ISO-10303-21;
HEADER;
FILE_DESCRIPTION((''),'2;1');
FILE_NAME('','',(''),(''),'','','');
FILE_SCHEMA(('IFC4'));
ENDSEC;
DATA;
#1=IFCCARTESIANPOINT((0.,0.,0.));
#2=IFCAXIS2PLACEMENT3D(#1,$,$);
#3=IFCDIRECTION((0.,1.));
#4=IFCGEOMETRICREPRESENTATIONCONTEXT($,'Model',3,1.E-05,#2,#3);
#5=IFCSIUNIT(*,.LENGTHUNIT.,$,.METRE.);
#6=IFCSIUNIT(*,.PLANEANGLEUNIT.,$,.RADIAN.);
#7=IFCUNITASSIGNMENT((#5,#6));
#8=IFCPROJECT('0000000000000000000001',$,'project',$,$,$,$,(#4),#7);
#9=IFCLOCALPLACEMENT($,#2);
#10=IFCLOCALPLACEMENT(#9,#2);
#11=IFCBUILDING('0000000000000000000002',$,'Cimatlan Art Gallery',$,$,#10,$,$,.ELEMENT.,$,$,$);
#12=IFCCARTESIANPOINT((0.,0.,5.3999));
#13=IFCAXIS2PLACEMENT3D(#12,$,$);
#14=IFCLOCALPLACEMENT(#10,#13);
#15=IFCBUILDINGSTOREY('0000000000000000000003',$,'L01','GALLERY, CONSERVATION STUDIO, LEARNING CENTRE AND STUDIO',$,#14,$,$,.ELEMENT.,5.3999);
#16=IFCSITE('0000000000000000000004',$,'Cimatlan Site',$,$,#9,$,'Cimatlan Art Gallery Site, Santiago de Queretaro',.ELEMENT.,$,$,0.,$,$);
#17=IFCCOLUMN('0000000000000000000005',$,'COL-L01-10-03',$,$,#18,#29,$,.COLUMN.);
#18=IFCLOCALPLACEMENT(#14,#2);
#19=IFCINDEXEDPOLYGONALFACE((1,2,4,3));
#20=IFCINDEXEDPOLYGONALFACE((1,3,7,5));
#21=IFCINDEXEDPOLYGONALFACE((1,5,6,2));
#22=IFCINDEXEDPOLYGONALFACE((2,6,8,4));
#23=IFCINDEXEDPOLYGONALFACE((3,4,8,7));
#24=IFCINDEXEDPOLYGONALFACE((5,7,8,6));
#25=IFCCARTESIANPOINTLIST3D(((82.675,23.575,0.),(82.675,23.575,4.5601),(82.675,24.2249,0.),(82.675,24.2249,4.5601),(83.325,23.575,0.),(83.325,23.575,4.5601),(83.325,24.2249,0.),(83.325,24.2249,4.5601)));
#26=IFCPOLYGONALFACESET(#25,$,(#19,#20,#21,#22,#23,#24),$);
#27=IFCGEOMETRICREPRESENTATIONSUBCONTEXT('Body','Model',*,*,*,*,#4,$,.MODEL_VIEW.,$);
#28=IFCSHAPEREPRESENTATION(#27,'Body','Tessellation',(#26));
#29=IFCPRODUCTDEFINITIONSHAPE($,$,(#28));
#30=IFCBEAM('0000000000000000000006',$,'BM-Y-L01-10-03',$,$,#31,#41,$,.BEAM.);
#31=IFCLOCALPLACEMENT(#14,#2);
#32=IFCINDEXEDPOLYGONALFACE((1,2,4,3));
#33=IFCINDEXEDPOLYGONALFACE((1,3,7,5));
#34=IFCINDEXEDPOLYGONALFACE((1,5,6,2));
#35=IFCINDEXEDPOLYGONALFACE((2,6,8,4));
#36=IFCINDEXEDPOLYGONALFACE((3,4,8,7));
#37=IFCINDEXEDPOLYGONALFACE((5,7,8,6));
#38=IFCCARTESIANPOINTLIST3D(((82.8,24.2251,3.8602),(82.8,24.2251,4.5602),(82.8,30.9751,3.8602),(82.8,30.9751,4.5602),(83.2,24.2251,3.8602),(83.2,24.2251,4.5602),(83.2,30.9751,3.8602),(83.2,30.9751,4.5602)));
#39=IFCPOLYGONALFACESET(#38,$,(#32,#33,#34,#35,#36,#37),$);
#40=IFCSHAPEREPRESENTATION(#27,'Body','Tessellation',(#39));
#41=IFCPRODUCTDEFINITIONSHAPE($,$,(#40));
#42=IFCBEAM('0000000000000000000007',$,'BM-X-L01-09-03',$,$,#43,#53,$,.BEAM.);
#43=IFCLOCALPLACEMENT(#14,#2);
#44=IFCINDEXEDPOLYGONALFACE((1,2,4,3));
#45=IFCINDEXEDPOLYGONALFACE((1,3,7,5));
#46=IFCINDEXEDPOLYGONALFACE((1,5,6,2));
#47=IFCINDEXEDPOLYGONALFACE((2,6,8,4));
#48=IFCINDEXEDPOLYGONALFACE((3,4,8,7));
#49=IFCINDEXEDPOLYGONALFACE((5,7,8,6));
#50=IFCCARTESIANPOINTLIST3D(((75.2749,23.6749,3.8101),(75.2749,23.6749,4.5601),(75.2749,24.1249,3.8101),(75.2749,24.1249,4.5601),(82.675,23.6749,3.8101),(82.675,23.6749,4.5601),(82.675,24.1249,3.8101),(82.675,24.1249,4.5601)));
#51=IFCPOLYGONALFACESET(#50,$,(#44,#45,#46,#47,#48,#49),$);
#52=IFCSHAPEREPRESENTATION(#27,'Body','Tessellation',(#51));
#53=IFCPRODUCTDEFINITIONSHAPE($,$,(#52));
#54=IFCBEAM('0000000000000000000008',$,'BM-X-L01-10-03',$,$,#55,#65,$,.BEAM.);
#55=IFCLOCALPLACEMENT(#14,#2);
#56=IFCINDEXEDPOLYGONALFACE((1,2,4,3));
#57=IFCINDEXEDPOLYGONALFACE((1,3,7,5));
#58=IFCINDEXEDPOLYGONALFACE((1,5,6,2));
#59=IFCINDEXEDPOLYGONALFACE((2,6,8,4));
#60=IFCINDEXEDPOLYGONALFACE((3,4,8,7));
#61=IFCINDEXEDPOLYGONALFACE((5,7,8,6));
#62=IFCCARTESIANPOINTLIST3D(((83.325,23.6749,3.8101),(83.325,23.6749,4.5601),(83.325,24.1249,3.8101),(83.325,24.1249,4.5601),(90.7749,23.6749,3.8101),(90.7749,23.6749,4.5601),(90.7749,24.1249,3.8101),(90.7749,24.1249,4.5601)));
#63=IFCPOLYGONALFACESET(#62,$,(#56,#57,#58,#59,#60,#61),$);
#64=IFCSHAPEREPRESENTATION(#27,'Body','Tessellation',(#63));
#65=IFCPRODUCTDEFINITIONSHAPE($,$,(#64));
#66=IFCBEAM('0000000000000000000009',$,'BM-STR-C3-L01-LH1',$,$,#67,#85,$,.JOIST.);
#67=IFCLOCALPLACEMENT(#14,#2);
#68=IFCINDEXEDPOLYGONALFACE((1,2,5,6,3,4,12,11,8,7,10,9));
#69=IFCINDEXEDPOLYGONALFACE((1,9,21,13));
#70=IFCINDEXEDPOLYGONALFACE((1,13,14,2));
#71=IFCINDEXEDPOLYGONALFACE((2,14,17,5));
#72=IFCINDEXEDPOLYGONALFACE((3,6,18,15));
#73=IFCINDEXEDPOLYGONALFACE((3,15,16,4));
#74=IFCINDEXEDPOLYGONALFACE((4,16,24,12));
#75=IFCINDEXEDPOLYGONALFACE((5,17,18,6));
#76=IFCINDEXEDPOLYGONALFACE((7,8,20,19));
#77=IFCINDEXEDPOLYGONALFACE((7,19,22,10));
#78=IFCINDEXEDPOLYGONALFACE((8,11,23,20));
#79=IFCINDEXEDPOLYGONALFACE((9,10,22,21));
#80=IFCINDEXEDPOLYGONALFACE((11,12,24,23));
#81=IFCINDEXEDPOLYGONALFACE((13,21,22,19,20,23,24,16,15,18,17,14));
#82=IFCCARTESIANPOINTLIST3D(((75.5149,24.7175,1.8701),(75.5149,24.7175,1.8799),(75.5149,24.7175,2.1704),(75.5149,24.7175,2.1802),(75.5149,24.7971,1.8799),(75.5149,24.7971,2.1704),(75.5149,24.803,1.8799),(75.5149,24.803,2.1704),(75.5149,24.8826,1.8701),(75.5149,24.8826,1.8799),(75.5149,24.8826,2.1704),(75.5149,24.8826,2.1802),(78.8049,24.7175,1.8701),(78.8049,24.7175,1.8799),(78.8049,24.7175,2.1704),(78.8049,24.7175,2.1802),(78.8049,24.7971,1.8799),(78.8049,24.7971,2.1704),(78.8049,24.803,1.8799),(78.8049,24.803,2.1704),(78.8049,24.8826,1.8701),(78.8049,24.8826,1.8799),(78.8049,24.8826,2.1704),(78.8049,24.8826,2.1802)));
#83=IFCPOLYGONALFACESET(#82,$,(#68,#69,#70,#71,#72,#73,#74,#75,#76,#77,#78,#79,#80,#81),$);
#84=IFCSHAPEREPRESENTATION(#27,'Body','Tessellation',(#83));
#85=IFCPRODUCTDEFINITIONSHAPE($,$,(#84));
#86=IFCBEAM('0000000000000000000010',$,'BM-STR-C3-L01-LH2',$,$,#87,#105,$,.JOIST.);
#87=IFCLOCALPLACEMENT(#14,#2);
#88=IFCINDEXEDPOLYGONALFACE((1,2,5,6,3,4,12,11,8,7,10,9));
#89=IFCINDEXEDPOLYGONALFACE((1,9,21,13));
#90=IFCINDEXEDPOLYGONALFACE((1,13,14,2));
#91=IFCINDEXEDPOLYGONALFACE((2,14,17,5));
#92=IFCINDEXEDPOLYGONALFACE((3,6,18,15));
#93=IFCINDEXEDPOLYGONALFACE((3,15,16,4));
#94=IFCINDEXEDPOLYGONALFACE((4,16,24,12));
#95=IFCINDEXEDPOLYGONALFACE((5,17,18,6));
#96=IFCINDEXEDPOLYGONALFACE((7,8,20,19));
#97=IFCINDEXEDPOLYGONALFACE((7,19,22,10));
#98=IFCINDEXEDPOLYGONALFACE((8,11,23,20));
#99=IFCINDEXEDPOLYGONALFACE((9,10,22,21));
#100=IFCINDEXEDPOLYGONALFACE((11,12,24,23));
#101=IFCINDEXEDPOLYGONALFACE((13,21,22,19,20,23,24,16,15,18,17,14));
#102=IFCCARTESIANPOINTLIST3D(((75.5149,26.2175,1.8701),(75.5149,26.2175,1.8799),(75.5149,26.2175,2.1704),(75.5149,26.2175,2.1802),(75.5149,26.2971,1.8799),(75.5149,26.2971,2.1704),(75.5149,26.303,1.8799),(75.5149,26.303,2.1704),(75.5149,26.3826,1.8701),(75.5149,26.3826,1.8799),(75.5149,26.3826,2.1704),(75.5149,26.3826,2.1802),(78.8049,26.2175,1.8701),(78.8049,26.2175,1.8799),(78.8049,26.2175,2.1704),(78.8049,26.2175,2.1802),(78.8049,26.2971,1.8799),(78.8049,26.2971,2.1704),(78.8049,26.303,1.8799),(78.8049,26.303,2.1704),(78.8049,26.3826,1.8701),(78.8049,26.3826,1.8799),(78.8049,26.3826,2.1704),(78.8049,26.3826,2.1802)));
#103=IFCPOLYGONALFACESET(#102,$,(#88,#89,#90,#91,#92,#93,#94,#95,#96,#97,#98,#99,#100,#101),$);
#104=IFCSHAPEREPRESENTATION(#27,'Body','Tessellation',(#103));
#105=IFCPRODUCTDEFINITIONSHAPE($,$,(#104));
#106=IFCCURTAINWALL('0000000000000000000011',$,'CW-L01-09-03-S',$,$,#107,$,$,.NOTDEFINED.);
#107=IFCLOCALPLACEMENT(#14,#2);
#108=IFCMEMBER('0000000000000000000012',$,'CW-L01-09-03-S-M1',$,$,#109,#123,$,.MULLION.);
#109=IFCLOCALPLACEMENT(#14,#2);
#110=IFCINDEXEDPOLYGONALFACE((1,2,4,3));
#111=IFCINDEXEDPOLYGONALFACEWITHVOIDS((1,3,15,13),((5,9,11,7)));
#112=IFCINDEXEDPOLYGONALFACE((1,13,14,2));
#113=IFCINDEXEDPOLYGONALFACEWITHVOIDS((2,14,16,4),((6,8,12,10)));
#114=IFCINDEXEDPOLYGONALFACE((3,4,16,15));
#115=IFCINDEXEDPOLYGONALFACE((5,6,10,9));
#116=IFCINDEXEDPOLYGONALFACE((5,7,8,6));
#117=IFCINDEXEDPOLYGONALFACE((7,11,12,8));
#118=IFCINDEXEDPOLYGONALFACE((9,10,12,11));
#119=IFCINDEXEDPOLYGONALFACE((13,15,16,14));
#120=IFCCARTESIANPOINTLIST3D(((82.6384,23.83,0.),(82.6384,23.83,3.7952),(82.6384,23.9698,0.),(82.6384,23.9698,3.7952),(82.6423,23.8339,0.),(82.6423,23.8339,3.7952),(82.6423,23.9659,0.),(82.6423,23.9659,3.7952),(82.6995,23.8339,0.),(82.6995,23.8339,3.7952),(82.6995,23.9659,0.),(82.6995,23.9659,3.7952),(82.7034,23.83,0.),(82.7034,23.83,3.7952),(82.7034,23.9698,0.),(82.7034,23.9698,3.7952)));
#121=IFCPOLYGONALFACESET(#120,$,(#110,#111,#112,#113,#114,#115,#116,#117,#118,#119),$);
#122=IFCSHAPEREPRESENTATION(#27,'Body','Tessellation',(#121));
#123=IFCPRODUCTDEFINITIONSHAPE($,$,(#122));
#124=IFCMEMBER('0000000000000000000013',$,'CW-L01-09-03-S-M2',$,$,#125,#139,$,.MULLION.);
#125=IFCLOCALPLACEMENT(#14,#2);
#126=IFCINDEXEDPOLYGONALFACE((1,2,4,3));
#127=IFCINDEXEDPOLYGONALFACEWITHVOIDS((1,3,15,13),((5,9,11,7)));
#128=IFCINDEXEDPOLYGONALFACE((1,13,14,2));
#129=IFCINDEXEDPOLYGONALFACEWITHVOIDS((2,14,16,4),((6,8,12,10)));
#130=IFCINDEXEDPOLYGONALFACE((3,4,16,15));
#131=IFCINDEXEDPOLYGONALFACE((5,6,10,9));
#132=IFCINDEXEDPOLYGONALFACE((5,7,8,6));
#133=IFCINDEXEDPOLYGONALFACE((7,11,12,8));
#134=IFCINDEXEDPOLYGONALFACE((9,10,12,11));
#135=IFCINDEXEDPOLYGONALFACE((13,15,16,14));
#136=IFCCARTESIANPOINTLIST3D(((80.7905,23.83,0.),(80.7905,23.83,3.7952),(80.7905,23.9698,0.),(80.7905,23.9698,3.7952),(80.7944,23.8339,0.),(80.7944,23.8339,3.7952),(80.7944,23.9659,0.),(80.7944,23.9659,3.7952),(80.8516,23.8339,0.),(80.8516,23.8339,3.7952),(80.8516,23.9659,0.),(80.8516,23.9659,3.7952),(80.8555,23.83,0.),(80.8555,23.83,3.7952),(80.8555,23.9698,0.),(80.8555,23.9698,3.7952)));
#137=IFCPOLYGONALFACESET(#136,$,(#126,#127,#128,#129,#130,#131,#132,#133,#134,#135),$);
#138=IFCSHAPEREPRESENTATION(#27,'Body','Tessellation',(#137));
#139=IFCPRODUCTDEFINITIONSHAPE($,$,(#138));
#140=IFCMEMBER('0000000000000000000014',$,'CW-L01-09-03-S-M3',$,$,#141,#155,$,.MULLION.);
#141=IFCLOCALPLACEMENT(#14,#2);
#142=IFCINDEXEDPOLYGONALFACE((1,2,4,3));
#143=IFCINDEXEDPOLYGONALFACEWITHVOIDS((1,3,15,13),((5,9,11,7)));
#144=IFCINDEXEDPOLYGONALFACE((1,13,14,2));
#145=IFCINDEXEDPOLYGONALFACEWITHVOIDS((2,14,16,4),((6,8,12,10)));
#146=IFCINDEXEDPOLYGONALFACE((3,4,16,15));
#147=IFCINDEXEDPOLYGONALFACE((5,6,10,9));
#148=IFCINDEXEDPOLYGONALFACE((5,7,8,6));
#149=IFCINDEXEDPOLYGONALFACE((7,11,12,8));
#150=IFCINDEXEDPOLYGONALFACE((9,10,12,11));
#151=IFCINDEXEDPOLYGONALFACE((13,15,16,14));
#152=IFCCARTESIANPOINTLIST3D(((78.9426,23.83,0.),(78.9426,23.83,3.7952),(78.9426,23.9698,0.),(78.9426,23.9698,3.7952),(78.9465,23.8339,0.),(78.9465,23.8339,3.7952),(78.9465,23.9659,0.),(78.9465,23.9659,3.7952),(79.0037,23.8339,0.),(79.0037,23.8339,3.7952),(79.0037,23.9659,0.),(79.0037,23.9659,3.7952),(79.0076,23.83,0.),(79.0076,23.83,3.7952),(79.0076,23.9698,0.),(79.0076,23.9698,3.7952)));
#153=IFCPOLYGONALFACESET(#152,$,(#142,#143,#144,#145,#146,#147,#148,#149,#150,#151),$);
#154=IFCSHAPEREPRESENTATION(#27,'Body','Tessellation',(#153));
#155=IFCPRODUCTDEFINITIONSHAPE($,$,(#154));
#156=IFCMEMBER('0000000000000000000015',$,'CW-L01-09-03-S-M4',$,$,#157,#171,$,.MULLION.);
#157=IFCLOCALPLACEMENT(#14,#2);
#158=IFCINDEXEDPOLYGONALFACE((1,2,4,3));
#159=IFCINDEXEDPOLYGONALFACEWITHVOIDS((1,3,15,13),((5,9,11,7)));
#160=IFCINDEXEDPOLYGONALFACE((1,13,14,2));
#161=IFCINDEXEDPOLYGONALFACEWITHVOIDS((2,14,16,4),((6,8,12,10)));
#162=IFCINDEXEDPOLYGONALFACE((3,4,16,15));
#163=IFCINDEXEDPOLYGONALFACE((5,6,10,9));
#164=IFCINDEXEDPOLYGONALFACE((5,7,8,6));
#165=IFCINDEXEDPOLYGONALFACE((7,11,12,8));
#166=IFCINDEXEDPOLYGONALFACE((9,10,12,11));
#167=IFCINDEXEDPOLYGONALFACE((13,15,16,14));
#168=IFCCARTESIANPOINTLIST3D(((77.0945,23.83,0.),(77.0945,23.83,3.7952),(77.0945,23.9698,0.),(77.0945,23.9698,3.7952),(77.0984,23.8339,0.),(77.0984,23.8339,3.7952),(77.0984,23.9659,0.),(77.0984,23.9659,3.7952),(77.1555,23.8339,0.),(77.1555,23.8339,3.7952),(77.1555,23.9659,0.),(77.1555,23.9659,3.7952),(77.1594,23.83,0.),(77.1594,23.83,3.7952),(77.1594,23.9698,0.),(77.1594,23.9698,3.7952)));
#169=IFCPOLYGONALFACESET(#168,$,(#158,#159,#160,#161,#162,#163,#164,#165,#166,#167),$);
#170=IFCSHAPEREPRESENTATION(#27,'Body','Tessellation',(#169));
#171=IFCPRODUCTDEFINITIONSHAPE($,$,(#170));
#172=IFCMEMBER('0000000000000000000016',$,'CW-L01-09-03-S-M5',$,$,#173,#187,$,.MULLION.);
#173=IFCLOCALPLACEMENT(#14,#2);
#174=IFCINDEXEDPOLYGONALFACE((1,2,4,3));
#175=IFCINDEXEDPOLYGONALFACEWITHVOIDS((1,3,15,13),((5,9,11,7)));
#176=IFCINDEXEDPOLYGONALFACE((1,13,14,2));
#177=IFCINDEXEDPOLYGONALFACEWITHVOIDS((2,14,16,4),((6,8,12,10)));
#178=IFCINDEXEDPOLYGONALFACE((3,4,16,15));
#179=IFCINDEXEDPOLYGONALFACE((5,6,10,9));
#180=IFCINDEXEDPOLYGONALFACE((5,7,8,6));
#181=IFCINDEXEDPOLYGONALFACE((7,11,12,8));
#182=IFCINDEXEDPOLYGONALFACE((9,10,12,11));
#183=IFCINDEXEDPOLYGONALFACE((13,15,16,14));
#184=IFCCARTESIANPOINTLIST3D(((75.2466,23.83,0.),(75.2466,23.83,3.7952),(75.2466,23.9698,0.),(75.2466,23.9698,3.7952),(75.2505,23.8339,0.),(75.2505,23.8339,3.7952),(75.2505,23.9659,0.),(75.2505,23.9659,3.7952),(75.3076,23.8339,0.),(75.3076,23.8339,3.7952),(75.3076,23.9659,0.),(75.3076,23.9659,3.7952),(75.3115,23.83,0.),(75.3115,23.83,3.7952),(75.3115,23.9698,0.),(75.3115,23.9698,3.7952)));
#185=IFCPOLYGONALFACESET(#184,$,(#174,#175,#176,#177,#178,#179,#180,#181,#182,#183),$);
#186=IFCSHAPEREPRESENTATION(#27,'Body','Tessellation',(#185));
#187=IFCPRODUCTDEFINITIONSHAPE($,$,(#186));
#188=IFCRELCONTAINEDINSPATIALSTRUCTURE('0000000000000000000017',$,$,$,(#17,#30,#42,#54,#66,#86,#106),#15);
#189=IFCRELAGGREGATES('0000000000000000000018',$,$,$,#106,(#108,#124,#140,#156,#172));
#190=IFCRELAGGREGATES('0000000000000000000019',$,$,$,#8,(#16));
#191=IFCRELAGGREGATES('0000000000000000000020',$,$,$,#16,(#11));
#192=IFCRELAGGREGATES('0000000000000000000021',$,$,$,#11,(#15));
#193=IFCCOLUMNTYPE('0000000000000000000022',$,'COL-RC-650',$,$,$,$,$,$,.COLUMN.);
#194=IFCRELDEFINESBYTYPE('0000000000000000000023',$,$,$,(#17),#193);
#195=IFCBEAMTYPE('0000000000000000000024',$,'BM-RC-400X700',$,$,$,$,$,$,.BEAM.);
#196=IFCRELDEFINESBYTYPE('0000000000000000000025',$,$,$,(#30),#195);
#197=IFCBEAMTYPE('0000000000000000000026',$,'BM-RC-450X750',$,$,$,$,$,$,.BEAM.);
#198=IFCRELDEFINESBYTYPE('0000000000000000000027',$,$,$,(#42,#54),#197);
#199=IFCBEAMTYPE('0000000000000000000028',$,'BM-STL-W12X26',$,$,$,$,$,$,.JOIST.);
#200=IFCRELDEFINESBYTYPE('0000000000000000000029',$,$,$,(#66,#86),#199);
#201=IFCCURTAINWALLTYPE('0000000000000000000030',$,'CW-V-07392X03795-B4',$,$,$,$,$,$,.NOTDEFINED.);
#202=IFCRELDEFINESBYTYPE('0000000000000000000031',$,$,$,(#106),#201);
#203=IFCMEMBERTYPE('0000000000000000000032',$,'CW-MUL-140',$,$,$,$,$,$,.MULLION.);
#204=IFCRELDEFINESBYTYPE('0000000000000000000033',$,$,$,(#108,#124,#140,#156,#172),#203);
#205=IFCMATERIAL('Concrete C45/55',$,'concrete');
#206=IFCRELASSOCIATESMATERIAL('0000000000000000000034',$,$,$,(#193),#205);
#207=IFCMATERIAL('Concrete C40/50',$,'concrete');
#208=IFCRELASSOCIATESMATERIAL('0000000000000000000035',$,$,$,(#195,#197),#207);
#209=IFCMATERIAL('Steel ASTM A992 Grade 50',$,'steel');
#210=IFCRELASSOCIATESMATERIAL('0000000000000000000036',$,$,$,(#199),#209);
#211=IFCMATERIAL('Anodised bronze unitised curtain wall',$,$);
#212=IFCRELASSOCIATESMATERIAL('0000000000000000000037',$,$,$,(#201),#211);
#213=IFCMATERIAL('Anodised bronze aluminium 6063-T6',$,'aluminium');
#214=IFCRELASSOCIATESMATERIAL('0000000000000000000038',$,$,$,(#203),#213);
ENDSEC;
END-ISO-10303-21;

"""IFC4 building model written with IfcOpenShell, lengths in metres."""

from ifc_helpers import new_model, si_unit, direction, frame, origin, origin_2d, place, context, subcontext, project, spatial, rectangle, hollow_rectangle, i_section, extrude, material, material_profile, profile_set, type_object, element, aggregate, save


model = new_model("IFC4")

# Units and contexts
model_context = context("Model", 3, precision=1e-05, world=origin(), true_north=direction((0.0, 1.0)))
body_context = subcontext(model_context, "Body", "Model", "MODEL_VIEW")
ifc_project = project(units=[si_unit("LENGTHUNIT", "METRE"), si_unit("PLANEANGLEUNIT", "RADIAN")], contexts=[model_context])

# Site, building, storey
site_placement = place(None, origin())
site = spatial("IfcSite", under=ifc_project, at=site_placement, Name="Cimatlan Site", LongName="Cimatlan Art Gallery Site, Santiago de Queretaro", CompositionType="ELEMENT", RefElevation=0.0)
building_placement = place(site_placement, origin())
building = spatial("IfcBuilding", under=site, at=building_placement, Name="Cimatlan Art Gallery", CompositionType="ELEMENT")
storey_placement = place(building_placement, frame((0.0, 0.0, 5.3999)))
storey = spatial("IfcBuildingStorey", under=building, at=storey_placement, Name="L01", Description="GALLERY, CONSERVATION STUDIO, LEARNING CENTRE AND STUDIO", CompositionType="ELEMENT", Elevation=5.3999)

# Column
ifc_material_1 = material(Name="Concrete C45/55", Category="concrete")
ifc_material_profile_1 = material_profile(ifc_material_1, rectangle(XDim=0.6499, YDim=0.6499, at=origin_2d()), Name="RC650X650")
ifc_profile_set_1 = profile_set([ifc_material_profile_1], Name="Concrete C45/55")
column_type = type_object("IfcColumnType", Name="COL-RC-650", PredefinedType="COLUMN", material=ifc_profile_set_1)
column_placement = place(storey_placement, frame((83.0, 23.8999, 0.0), z_axis=(0.0, 0.0, 1.0), x_axis=(1.0, 0.0, 0.0)))
element("IfcColumn", 1, at=column_placement, inside=storey, type_object=column_type, Name="COL-L01-10-03", PredefinedType="COLUMN", context=body_context, shape_type="SweptSolid", body=[
    extrude(rectangle(XDim=0.6499, YDim=0.6499, at=origin_2d()), origin(), (0.0, 0.0, 1.0), 4.5601),
])

# Beams
ifc_material_2 = material(Name="Concrete C40/50", Category="concrete")
ifc_material_profile_2 = material_profile(ifc_material_2, rectangle(XDim=0.3999, YDim=0.7, at=origin_2d()), Name="RC400X700")
ifc_profile_set_2 = profile_set([ifc_material_profile_2], Name="Concrete C40/50")
beam_type_1 = type_object("IfcBeamType", Name="BM-RC-400X700", PredefinedType="BEAM", material=ifc_profile_set_2)
beam_1_placement = place(storey_placement, frame((83.0, 24.2251, 4.2102), z_axis=(0.0, 1.0, 0.0), x_axis=(-1.0, 0.0, 0.0)))
element("IfcBeam", 2, at=beam_1_placement, inside=storey, type_object=beam_type_1, Name="BM-Y-L01-10-03", PredefinedType="BEAM", context=body_context, shape_type="SweptSolid", body=[
    extrude(rectangle(XDim=0.3999, YDim=0.7, at=origin_2d()), origin(), (0.0, 0.0, 1.0), 6.75),
])
ifc_material_profile_3 = material_profile(ifc_material_2, rectangle(XDim=0.45, YDim=0.75, at=origin_2d()), Name="RC450X750")
ifc_profile_set_3 = profile_set([ifc_material_profile_3], Name="Concrete C40/50")
beam_type_2 = type_object("IfcBeamType", Name="BM-RC-450X750", PredefinedType="BEAM", material=ifc_profile_set_3)
beam_2_placement = place(storey_placement, frame((75.2749, 23.8999, 4.1851), z_axis=(1.0, 0.0, 0.0), x_axis=(0.0, 1.0, 0.0)))
element("IfcBeam", 3, at=beam_2_placement, inside=storey, type_object=beam_type_2, Name="BM-X-L01-09-03", PredefinedType="BEAM", context=body_context, shape_type="SweptSolid", body=[
    extrude(rectangle(XDim=0.45, YDim=0.75, at=origin_2d()), origin(), (0.0, 0.0, 1.0), 7.4001),
])
beam_3_placement = place(storey_placement, frame((83.325, 23.8999, 4.1851), z_axis=(1.0, 0.0, 0.0), x_axis=(0.0, 1.0, 0.0)))
element("IfcBeam", 4, at=beam_3_placement, inside=storey, type_object=beam_type_2, Name="BM-X-L01-10-03", PredefinedType="BEAM", context=body_context, shape_type="SweptSolid", body=[
    extrude(rectangle(XDim=0.45, YDim=0.75, at=origin_2d()), origin(), (0.0, 0.0, 1.0), 7.45),
])
ifc_material_3 = material(Name="Steel ASTM A992 Grade 50", Category="steel")
ifc_material_profile_4 = material_profile(ifc_material_3, i_section(OverallWidth=0.165, OverallDepth=0.3101, WebThickness=0.0059, FlangeThickness=0.0098, at=origin_2d()), Name="W12X26")
ifc_profile_set_4 = profile_set([ifc_material_profile_4], Name="Steel ASTM A992 Grade 50")
beam_type_3 = type_object("IfcBeamType", Name="BM-STL-W12X26", PredefinedType="JOIST", material=ifc_profile_set_4)
for number, where, z_axis, x_axis, name in (
    (5, (75.5149, 24.8, 2.0251), (1.0, 0.0, 0.0), (0.0, 1.0, 0.0), "BM-STR-C3-L01-LH1"),
    (6, (75.5149, 26.3, 2.0251), (1.0, 0.0, 0.0), (0.0, 1.0, 0.0), "BM-STR-C3-L01-LH2"),
):
    element("IfcBeam", number, at=place(storey_placement, frame(where, z_axis=z_axis, x_axis=x_axis)), inside=storey, type_object=beam_type_3, Name=name, PredefinedType="JOIST", context=body_context, shape_type="SweptSolid", body=[
        extrude(i_section(OverallWidth=0.165, OverallDepth=0.3101, WebThickness=0.0059, FlangeThickness=0.0098, at=origin_2d()), origin(), (0.0, 0.0, 1.0), 3.29),
    ])

# Curtain wall, members
ifc_material_4 = material(Name="Anodised bronze unitised curtain wall")
curtain_wall_type_1 = type_object("IfcCurtainWallType", Name="CW-V-07392X03795-B4", PredefinedType="NOTDEFINED", material=ifc_material_4)
curtain_wall_1_placement = place(storey_placement, origin())
curtain_wall_1 = element("IfcCurtainWall", 7, at=curtain_wall_1_placement, inside=storey, type_object=curtain_wall_type_1, Name="CW-L01-09-03-S", PredefinedType="NOTDEFINED")
ifc_material_5 = material(Name="Anodised bronze aluminium 6063-T6", Category="aluminium")
ifc_material_profile_5 = material_profile(ifc_material_5, hollow_rectangle(XDim=0.0649, YDim=0.1399, WallThickness=0.0039, at=origin_2d()), Name="ALU65X140X4")
ifc_profile_set_5 = profile_set([ifc_material_profile_5], Name="Anodised bronze aluminium 6063-T6")
member_type_1 = type_object("IfcMemberType", Name="CW-MUL-140", PredefinedType="MULLION", material=ifc_profile_set_5)
member_1_placement = place(storey_placement, frame((82.6709, 23.8999, 0.0), z_axis=(0.0, 0.0, 1.0), x_axis=(1.0, 0.0, 0.0)))
member_1 = element("IfcMember", 8, at=member_1_placement, type_object=member_type_1, Name="CW-L01-09-03-S-M1", PredefinedType="MULLION", context=body_context, shape_type="SweptSolid", body=[
    extrude(hollow_rectangle(XDim=0.0649, YDim=0.1399, WallThickness=0.0039, at=origin_2d()), origin(), (0.0, 0.0, 1.0), 3.7952),
])
member_2_placement = place(storey_placement, frame((80.823, 23.8999, 0.0), z_axis=(0.0, 0.0, 1.0), x_axis=(1.0, 0.0, 0.0)))
member_2 = element("IfcMember", 9, at=member_2_placement, type_object=member_type_1, Name="CW-L01-09-03-S-M2", PredefinedType="MULLION", context=body_context, shape_type="SweptSolid", body=[
    extrude(hollow_rectangle(XDim=0.0649, YDim=0.1399, WallThickness=0.0039, at=origin_2d()), origin(), (0.0, 0.0, 1.0), 3.7952),
])
member_3_placement = place(storey_placement, frame((78.9751, 23.8999, 0.0), z_axis=(0.0, 0.0, 1.0), x_axis=(1.0, 0.0, 0.0)))
member_3 = element("IfcMember", 10, at=member_3_placement, type_object=member_type_1, Name="CW-L01-09-03-S-M3", PredefinedType="MULLION", context=body_context, shape_type="SweptSolid", body=[
    extrude(hollow_rectangle(XDim=0.0649, YDim=0.1399, WallThickness=0.0039, at=origin_2d()), origin(), (0.0, 0.0, 1.0), 3.7952),
])
member_4_placement = place(storey_placement, frame((77.127, 23.8999, 0.0), z_axis=(0.0, 0.0, 1.0), x_axis=(1.0, 0.0, 0.0)))
member_4 = element("IfcMember", 11, at=member_4_placement, type_object=member_type_1, Name="CW-L01-09-03-S-M4", PredefinedType="MULLION", context=body_context, shape_type="SweptSolid", body=[
    extrude(hollow_rectangle(XDim=0.0649, YDim=0.1399, WallThickness=0.0039, at=origin_2d()), origin(), (0.0, 0.0, 1.0), 3.7952),
])
member_5_placement = place(storey_placement, frame((75.2791, 23.8999, 0.0), z_axis=(0.0, 0.0, 1.0), x_axis=(1.0, 0.0, 0.0)))
member_5 = element("IfcMember", 12, at=member_5_placement, type_object=member_type_1, Name="CW-L01-09-03-S-M5", PredefinedType="MULLION", context=body_context, shape_type="SweptSolid", body=[
    extrude(hollow_rectangle(XDim=0.0649, YDim=0.1399, WallThickness=0.0039, at=origin_2d()), origin(), (0.0, 0.0, 1.0), 3.7952),
])

aggregate(curtain_wall_1, [member_1, member_2, member_3, member_4, member_5])

save(model, "model.ifc")
